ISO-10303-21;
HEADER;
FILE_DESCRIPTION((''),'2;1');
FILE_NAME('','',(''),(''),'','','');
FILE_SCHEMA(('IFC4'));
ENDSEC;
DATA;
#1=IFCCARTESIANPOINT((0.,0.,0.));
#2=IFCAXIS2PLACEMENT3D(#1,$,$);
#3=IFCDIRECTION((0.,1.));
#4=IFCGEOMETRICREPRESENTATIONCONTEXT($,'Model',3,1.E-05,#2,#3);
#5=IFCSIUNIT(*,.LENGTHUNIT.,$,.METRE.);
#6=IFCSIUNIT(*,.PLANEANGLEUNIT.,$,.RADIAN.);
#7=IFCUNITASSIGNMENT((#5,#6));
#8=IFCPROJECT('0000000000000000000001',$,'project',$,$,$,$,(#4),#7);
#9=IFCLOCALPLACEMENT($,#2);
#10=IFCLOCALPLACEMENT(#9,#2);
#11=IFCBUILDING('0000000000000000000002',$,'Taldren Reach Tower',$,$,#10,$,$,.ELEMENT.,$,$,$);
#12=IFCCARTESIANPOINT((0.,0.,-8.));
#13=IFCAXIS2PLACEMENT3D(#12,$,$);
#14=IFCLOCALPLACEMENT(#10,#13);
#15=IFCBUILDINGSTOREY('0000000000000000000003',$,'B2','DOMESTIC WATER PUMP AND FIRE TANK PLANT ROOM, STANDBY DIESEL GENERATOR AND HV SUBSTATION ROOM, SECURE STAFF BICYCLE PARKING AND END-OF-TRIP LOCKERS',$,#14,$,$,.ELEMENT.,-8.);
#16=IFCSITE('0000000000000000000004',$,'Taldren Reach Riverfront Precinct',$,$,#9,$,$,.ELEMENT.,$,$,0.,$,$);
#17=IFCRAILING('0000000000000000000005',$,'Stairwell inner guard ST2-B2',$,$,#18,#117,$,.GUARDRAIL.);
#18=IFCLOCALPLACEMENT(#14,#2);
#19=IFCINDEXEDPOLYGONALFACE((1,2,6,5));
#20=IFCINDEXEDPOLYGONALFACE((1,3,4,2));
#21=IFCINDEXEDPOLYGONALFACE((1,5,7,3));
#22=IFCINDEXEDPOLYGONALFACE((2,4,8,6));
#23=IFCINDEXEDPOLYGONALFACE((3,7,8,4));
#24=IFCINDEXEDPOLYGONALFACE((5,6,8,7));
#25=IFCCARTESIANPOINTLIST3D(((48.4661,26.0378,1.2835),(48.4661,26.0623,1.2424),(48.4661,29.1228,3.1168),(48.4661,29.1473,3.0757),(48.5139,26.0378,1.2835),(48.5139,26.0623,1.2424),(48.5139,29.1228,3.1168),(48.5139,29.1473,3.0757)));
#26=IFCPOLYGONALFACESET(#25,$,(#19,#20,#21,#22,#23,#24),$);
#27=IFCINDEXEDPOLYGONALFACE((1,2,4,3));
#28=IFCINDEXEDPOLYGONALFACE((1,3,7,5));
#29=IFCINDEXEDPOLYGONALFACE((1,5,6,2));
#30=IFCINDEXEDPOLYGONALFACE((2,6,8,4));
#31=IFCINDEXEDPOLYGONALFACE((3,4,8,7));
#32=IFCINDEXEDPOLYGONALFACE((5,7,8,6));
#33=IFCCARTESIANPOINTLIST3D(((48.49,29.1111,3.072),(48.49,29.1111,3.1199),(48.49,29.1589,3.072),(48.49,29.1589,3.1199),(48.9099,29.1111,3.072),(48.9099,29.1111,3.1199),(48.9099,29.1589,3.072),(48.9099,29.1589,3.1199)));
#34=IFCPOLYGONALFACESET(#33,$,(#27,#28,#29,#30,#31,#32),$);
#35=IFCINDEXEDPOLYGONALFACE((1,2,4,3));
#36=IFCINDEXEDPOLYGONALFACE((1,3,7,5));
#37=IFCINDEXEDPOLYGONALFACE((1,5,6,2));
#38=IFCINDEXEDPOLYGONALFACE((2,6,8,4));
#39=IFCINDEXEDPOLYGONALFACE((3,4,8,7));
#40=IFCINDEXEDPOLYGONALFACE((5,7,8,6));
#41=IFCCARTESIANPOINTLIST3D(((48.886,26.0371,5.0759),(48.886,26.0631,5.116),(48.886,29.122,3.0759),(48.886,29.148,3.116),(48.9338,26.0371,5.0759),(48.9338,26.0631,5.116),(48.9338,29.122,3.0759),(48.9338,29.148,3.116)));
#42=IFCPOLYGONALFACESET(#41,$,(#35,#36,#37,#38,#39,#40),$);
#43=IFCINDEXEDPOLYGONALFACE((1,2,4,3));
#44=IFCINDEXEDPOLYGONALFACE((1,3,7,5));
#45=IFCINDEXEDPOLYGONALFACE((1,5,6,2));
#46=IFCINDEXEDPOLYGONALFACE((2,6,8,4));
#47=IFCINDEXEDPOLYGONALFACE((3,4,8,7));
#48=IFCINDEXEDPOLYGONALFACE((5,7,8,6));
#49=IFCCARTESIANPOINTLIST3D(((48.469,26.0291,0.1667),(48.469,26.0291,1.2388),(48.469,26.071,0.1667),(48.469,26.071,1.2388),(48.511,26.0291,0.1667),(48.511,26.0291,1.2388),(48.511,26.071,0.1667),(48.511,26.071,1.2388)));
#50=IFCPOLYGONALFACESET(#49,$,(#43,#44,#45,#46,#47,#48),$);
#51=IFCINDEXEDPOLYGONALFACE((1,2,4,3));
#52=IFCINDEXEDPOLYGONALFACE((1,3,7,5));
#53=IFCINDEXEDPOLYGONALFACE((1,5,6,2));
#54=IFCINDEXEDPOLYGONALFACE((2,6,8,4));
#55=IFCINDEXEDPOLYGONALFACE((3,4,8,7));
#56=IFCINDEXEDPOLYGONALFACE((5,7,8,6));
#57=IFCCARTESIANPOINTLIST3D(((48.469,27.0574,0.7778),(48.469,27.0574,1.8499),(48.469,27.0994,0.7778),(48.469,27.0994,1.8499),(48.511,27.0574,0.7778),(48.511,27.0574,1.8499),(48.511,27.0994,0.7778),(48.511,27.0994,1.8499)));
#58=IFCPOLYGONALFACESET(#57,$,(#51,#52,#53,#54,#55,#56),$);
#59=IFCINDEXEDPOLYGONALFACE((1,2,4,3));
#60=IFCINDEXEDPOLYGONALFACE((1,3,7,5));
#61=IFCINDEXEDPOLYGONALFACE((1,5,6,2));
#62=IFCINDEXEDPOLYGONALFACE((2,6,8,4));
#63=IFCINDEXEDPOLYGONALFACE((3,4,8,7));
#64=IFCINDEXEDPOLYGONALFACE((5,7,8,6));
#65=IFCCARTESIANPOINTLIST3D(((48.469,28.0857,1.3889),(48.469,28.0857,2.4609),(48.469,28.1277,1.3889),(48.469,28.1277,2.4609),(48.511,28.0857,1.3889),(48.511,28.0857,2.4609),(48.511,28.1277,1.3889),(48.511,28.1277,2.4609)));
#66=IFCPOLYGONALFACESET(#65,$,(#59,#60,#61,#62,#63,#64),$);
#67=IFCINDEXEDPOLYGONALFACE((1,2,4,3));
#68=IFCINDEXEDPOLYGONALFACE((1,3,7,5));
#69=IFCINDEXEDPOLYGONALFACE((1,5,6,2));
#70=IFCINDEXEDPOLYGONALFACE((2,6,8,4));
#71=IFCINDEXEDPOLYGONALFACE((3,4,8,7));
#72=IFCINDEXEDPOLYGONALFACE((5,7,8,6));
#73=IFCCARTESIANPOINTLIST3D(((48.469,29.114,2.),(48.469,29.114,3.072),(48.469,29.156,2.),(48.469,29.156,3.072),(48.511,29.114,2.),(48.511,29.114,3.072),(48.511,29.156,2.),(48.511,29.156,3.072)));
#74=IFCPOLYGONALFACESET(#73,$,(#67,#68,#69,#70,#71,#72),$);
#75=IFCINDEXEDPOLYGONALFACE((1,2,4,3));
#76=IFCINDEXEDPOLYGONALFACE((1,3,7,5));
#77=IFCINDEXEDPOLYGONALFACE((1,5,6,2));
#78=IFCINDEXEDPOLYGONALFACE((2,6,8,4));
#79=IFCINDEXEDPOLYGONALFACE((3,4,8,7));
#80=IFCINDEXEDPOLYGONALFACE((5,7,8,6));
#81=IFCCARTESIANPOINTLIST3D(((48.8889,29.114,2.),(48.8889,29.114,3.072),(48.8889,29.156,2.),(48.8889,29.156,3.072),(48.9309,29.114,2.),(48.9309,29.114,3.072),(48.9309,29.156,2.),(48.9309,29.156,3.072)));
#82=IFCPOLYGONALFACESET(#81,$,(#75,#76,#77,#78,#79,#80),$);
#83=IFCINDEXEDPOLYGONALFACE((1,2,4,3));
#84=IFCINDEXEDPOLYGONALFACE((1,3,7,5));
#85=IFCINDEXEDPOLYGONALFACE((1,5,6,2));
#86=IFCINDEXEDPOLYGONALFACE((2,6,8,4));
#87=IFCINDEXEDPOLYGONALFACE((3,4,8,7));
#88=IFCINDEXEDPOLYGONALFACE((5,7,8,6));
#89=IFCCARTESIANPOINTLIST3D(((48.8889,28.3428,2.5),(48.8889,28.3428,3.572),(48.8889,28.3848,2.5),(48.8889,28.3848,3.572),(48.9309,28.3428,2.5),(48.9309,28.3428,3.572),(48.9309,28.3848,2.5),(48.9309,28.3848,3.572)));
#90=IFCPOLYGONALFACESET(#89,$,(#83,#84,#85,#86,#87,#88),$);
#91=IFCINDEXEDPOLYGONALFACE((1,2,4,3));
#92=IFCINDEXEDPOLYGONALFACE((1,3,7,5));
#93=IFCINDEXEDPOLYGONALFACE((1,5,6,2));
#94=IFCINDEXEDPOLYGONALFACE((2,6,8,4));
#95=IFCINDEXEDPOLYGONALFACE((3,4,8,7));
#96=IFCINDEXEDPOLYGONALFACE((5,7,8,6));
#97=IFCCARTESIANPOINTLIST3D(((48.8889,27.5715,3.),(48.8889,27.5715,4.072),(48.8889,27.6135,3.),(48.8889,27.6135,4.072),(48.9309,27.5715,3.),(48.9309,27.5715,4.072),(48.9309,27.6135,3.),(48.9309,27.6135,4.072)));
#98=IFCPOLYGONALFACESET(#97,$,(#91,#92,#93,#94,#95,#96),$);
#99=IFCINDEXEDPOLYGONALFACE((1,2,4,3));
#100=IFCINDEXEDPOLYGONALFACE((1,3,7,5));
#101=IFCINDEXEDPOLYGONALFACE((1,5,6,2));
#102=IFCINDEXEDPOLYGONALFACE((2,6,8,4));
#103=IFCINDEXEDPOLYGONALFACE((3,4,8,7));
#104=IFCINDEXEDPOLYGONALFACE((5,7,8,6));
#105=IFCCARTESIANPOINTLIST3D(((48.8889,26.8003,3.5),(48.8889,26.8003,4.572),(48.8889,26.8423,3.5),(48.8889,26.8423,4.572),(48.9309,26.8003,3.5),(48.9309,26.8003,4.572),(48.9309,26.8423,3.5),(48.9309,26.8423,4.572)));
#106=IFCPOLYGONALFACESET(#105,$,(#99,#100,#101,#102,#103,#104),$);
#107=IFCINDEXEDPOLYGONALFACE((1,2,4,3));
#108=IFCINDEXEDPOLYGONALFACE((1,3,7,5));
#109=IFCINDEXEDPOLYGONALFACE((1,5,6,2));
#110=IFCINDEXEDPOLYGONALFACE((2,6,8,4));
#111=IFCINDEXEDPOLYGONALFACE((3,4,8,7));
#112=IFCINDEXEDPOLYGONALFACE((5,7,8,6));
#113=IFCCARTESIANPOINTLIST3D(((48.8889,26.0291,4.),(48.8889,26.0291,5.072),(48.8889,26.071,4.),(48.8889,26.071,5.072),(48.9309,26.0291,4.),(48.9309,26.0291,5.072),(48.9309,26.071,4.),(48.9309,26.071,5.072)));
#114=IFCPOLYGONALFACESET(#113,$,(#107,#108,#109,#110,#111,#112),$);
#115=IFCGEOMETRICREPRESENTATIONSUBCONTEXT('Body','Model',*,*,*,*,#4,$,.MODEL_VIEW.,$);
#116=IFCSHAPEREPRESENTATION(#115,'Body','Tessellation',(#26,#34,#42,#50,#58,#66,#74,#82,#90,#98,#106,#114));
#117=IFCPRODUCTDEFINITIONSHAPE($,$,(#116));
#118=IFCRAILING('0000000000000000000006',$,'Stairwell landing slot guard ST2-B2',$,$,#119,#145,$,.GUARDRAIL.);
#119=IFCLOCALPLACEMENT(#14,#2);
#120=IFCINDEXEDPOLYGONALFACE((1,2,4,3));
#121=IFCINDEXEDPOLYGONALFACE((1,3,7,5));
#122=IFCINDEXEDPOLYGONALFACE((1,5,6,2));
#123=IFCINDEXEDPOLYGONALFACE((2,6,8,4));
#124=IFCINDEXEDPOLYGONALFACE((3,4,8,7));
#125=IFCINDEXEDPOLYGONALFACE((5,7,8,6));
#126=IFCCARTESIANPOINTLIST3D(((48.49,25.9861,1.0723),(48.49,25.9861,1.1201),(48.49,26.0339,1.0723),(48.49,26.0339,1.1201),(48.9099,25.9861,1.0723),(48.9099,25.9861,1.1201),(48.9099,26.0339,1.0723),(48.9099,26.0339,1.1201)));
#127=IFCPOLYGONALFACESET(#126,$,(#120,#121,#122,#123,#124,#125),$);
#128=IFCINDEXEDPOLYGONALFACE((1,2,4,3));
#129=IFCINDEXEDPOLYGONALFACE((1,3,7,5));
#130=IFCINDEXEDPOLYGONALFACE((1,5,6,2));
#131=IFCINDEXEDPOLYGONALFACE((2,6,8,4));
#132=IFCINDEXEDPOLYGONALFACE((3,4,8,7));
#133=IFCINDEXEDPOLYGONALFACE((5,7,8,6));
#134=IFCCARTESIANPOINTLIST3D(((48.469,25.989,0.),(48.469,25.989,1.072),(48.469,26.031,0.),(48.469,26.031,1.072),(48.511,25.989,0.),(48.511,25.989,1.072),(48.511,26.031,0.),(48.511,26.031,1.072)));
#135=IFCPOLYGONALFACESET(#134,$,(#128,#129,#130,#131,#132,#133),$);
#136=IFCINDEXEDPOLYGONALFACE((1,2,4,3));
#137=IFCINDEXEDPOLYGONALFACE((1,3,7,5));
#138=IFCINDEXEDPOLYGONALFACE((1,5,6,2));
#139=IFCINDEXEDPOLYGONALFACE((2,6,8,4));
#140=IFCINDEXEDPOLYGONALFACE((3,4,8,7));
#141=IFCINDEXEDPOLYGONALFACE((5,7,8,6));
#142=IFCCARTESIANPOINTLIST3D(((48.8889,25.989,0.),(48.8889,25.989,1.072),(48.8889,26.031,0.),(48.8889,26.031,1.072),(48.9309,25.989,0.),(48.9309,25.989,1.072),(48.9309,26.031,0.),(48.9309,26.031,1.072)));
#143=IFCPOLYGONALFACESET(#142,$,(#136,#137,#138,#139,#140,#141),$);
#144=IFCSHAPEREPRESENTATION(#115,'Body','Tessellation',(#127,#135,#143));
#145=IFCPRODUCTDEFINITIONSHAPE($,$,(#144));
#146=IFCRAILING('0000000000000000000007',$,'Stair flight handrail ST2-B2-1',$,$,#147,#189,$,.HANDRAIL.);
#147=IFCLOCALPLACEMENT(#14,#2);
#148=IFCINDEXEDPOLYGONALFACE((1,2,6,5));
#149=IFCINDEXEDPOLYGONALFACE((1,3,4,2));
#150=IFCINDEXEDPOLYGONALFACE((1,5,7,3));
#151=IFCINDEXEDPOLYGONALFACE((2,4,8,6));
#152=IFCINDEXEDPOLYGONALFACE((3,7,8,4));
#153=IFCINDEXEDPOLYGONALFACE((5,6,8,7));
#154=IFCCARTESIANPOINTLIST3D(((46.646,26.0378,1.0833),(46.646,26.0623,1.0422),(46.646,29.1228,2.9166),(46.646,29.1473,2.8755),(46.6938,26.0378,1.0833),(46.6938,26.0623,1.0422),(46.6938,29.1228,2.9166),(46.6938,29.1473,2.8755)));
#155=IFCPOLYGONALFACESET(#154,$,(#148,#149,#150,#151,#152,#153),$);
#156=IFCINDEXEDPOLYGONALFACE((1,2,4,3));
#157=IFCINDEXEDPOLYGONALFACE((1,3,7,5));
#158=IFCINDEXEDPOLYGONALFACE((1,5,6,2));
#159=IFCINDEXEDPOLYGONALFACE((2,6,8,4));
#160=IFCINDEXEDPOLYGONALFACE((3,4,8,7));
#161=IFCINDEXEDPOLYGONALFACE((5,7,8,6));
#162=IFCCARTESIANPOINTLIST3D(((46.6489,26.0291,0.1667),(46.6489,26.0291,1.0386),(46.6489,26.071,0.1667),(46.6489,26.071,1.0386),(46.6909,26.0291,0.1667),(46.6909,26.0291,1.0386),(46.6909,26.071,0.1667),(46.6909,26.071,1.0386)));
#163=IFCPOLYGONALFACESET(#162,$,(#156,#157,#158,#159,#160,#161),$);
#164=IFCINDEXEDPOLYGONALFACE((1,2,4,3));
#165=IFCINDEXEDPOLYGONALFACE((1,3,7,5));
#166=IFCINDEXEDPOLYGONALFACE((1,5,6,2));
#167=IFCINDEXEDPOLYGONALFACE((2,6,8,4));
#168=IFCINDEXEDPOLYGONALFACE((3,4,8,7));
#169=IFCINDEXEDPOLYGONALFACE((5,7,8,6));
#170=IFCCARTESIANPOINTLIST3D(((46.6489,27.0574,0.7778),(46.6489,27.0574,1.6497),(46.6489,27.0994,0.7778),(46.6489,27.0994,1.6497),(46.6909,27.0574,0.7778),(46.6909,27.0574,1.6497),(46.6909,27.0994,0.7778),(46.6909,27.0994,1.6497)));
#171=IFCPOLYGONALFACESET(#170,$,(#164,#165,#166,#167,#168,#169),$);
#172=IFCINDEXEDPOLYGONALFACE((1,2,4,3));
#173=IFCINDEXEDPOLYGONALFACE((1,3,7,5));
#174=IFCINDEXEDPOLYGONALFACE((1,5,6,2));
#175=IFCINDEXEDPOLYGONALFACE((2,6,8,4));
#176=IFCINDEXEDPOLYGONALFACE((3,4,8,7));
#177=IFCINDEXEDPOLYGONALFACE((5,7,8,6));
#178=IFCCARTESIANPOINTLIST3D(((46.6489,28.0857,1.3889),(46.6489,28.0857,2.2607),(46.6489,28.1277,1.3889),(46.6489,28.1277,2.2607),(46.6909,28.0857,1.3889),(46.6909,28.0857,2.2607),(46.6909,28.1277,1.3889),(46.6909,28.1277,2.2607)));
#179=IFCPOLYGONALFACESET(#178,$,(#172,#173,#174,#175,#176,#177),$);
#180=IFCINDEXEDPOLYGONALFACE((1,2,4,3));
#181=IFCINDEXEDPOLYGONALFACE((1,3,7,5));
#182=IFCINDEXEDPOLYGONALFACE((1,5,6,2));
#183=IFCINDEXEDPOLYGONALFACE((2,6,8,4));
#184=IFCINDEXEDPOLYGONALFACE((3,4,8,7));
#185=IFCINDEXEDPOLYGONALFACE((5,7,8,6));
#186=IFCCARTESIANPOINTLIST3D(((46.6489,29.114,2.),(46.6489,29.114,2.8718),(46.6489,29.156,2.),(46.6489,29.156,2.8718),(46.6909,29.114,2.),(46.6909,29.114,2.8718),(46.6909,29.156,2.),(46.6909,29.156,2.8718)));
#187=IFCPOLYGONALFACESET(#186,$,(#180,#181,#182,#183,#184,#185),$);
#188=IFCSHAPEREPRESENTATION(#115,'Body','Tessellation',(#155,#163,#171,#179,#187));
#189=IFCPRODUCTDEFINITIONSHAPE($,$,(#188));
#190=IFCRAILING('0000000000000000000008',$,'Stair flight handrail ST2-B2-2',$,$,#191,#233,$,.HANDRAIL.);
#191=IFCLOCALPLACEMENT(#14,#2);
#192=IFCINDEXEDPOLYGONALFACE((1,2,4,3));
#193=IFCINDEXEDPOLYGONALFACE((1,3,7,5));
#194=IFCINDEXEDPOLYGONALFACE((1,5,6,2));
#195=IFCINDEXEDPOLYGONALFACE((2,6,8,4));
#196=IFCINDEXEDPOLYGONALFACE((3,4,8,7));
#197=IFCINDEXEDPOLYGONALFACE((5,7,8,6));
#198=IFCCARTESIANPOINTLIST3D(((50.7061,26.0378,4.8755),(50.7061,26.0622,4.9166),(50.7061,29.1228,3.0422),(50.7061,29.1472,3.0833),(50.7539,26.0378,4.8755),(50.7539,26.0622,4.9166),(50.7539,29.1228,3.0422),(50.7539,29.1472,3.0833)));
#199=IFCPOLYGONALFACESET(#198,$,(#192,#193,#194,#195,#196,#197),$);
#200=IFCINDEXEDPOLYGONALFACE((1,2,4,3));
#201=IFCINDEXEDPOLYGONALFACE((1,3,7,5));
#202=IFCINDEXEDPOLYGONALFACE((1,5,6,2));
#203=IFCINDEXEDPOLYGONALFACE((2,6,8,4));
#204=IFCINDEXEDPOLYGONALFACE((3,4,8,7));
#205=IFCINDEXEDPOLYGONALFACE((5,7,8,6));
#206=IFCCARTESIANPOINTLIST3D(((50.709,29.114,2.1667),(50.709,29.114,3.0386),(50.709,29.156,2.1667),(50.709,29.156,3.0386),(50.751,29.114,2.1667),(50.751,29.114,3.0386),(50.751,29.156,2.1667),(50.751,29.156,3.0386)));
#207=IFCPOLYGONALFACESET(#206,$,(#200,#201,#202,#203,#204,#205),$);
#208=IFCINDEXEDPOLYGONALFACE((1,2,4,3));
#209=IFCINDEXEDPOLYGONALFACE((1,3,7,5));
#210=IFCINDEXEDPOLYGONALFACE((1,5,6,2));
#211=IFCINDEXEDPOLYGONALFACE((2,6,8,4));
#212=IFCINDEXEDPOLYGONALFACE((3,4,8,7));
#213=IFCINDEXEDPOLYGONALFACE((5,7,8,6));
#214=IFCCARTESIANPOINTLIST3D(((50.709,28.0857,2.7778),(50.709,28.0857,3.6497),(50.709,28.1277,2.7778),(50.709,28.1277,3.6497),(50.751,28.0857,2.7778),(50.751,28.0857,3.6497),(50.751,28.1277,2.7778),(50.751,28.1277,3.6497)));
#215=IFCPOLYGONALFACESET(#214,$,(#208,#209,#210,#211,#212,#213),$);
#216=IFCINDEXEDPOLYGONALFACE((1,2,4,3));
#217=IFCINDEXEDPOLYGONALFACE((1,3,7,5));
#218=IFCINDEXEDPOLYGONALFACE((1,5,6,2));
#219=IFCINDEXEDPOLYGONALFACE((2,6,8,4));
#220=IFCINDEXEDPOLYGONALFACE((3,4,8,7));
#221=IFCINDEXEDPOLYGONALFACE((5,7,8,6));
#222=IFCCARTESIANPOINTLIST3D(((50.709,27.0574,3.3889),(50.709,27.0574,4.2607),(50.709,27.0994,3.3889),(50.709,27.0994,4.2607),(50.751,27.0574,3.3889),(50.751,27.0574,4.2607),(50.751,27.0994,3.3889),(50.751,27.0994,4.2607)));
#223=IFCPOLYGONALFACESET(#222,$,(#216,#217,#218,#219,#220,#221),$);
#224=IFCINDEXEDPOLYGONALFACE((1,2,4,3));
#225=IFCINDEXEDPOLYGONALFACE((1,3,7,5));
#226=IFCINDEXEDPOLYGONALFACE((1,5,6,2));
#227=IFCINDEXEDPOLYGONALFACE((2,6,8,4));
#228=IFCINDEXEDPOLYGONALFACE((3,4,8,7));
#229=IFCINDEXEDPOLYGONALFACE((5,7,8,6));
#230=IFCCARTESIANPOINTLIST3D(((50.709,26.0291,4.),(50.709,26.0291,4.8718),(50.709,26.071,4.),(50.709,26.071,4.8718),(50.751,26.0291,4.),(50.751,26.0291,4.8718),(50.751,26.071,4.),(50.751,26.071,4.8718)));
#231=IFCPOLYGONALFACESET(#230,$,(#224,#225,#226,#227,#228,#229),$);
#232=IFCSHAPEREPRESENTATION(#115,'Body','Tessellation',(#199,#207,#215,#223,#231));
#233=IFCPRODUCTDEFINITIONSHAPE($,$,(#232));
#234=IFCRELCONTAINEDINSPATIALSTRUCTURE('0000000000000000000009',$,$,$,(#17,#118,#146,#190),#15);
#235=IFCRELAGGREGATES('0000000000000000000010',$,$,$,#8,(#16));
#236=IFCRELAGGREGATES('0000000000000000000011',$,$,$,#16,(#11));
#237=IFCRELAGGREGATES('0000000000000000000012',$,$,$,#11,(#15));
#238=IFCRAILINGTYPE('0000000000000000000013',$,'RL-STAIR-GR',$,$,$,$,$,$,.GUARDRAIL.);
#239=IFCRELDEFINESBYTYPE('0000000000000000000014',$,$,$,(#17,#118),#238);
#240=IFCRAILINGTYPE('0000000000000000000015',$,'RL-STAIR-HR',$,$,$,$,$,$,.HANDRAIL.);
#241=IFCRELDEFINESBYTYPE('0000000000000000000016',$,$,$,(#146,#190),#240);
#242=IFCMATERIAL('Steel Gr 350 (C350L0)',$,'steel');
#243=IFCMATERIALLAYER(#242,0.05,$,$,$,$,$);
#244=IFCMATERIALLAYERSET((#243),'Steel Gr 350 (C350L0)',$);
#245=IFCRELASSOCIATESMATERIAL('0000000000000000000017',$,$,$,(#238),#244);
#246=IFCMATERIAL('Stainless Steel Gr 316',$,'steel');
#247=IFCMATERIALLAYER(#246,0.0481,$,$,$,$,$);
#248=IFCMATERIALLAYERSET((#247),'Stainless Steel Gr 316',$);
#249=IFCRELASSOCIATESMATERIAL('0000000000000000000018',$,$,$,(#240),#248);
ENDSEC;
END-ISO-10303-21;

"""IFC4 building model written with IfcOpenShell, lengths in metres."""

from ifc_helpers import new_model, si_unit, direction, frame, origin, origin_2d, place, context, subcontext, project, spatial, rectangle, extrude, material, layer, layer_set, type_object, element, save


model = new_model("IFC4")

# Units and contexts
model_context = context("Model", 3, precision=1e-05, world=origin(), true_north=direction((0.0, 1.0)))
body_context = subcontext(model_context, "Body", "Model", "MODEL_VIEW")
ifc_project = project(units=[si_unit("LENGTHUNIT", "METRE"), si_unit("PLANEANGLEUNIT", "RADIAN")], contexts=[model_context])

# Site, building, storey
site_placement = place(None, origin())
site = spatial("IfcSite", under=ifc_project, at=site_placement, Name="Taldren Reach Riverfront Precinct", CompositionType="ELEMENT", RefElevation=0.0)
building_placement = place(site_placement, origin())
building = spatial("IfcBuilding", under=site, at=building_placement, Name="Taldren Reach Tower", CompositionType="ELEMENT")
storey_placement = place(building_placement, frame((0.0, 0.0, -8.0)))
storey = spatial("IfcBuildingStorey", under=building, at=storey_placement, Name="B2", Description="DOMESTIC WATER PUMP AND FIRE TANK PLANT ROOM, STANDBY DIESEL GENERATOR AND HV SUBSTATION ROOM, SECURE STAFF BICYCLE PARKING AND END-OF-TRIP LOCKERS", CompositionType="ELEMENT", Elevation=-8.0)

# Shared definitions
ifc_material_1 = material(Name="Steel Gr 350 (C350L0)", Category="steel")

# Railings
ifc_layer_1 = layer(ifc_material_1, 0.05)
ifc_layer_set_1 = layer_set([ifc_layer_1], Name="Steel Gr 350 (C350L0)")
railing_type_1 = type_object("IfcRailingType", Name="RL-STAIR-GR", PredefinedType="GUARDRAIL", material=ifc_layer_set_1)
railing_1_placement = place(storey_placement, frame((48.49, 26.05, 0.1667)))
element("IfcRailing", 1, at=railing_1_placement, inside=storey, type_object=railing_type_1, Name="Stairwell inner guard ST2-B2", PredefinedType="GUARDRAIL", context=body_context, shape_type="SweptSolid", body=[
    extrude(rectangle(XDim=0.0479, YDim=0.0479, at=origin_2d()), frame((0.0, 0.0, 1.0962), z_axis=(0.0, 0.859664, 0.510859), x_axis=(-1.0, 0.0, 0.0)), (0.0, 0.0, 1.0), 3.5886),
    extrude(rectangle(XDim=0.0479, YDim=0.0479, at=origin_2d()), frame((0.0, 3.085, 2.9292), z_axis=(1.0, 0.0, 0.0), x_axis=(0.0, 1.0, 0.0)), (0.0, 0.0, 1.0), 0.4199),
    extrude(rectangle(XDim=0.0479, YDim=0.0479, at=origin_2d()), frame((0.4199, 3.085, 2.9292), z_axis=(0.0, -0.839092, 0.543989), x_axis=(1.0, 0.0, 0.0)), (0.0, 0.0, 1.0), 3.6765),
    extrude(rectangle(XDim=0.042, YDim=0.042, at=origin_2d()), origin(), (0.0, 0.0, 1.0), 1.072),
    extrude(rectangle(XDim=0.042, YDim=0.042, at=origin_2d()), frame((0.0, 1.0283, 0.6111)), (0.0, 0.0, 1.0), 1.072),
    extrude(rectangle(XDim=0.042, YDim=0.042, at=origin_2d()), frame((0.0, 2.0566, 1.2222)), (0.0, 0.0, 1.0), 1.072),
    extrude(rectangle(XDim=0.042, YDim=0.042, at=origin_2d()), frame((0.0, 3.085, 1.8333)), (0.0, 0.0, 1.0), 1.072),
    extrude(rectangle(XDim=0.042, YDim=0.042, at=origin_2d()), frame((0.4199, 3.085, 1.8333)), (0.0, 0.0, 1.0), 1.072),
    extrude(rectangle(XDim=0.042, YDim=0.042, at=origin_2d()), frame((0.4199, 2.3137, 2.3333)), (0.0, 0.0, 1.0), 1.072),
    extrude(rectangle(XDim=0.042, YDim=0.042, at=origin_2d()), frame((0.4199, 1.5425, 2.8333)), (0.0, 0.0, 1.0), 1.072),
    extrude(rectangle(XDim=0.042, YDim=0.042, at=origin_2d()), frame((0.4199, 0.7712, 3.3333)), (0.0, 0.0, 1.0), 1.072),
    extrude(rectangle(XDim=0.042, YDim=0.042, at=origin_2d()), frame((0.4199, 0.0, 3.8333)), (0.0, 0.0, 1.0), 1.072),
])
railing_2_placement = place(storey_placement, frame((48.49, 26.01, 0.0)))
element("IfcRailing", 2, at=railing_2_placement, inside=storey, type_object=railing_type_1, Name="Stairwell landing slot guard ST2-B2", PredefinedType="GUARDRAIL", context=body_context, shape_type="SweptSolid", body=[
    extrude(rectangle(XDim=0.0479, YDim=0.0479, at=origin_2d()), frame((0.0, 0.0, 1.0962), z_axis=(1.0, 0.0, 0.0), x_axis=(0.0, 1.0, 0.0)), (0.0, 0.0, 1.0), 0.4199),
    extrude(rectangle(XDim=0.042, YDim=0.042, at=origin_2d()), origin(), (0.0, 0.0, 1.0), 1.072),
    extrude(rectangle(XDim=0.042, YDim=0.042, at=origin_2d()), frame((0.4199, 0.0, 0.0)), (0.0, 0.0, 1.0), 1.072),
])
ifc_material_2 = material(Name="Stainless Steel Gr 316", Category="steel")
ifc_layer_2 = layer(ifc_material_2, 0.0481)
ifc_layer_set_2 = layer_set([ifc_layer_2], Name="Stainless Steel Gr 316")
railing_type_2 = type_object("IfcRailingType", Name="RL-STAIR-HR", PredefinedType="HANDRAIL", material=ifc_layer_set_2)
railing_3_placement = place(storey_placement, frame((46.6699, 26.05, 0.1667)))
element("IfcRailing", 3, at=railing_3_placement, inside=storey, type_object=railing_type_2, Name="Stair flight handrail ST2-B2-1", PredefinedType="HANDRAIL", context=body_context, shape_type="SweptSolid", body=[
    extrude(rectangle(XDim=0.0479, YDim=0.0479, at=origin_2d()), frame((0.0, 0.0, 0.896), z_axis=(0.0, 0.859664, 0.510859), x_axis=(-1.0, 0.0, 0.0)), (0.0, 0.0, 1.0), 3.5886),
    extrude(rectangle(XDim=0.042, YDim=0.042, at=origin_2d()), origin(), (0.0, 0.0, 1.0), 0.8718),
    extrude(rectangle(XDim=0.042, YDim=0.042, at=origin_2d()), frame((0.0, 1.0283, 0.6111)), (0.0, 0.0, 1.0), 0.8718),
    extrude(rectangle(XDim=0.042, YDim=0.042, at=origin_2d()), frame((0.0, 2.0566, 1.2222)), (0.0, 0.0, 1.0), 0.8718),
    extrude(rectangle(XDim=0.042, YDim=0.042, at=origin_2d()), frame((0.0, 3.085, 1.8333)), (0.0, 0.0, 1.0), 0.8718),
])
railing_4_placement = place(storey_placement, frame((50.73, 29.135, 2.1667)))
element("IfcRailing", 4, at=railing_4_placement, inside=storey, type_object=railing_type_2, Name="Stair flight handrail ST2-B2-2", PredefinedType="HANDRAIL", context=body_context, shape_type="SweptSolid", body=[
    extrude(rectangle(XDim=0.0479, YDim=0.0479, at=origin_2d()), frame((0.0, 0.0, 0.896), z_axis=(0.0, -0.859664, 0.510859), x_axis=(1.0, 0.0, 0.0)), (0.0, 0.0, 1.0), 3.5886),
    extrude(rectangle(XDim=0.042, YDim=0.042, at=origin_2d()), origin(), (0.0, 0.0, 1.0), 0.8718),
    extrude(rectangle(XDim=0.042, YDim=0.042, at=origin_2d()), frame((0.0, -1.0283, 0.6111)), (0.0, 0.0, 1.0), 0.8718),
    extrude(rectangle(XDim=0.042, YDim=0.042, at=origin_2d()), frame((0.0, -2.0566, 1.2222)), (0.0, 0.0, 1.0), 0.8718),
    extrude(rectangle(XDim=0.042, YDim=0.042, at=origin_2d()), frame((0.0, -3.085, 1.8333)), (0.0, 0.0, 1.0), 0.8718),
])

save(model, "model.ifc")
